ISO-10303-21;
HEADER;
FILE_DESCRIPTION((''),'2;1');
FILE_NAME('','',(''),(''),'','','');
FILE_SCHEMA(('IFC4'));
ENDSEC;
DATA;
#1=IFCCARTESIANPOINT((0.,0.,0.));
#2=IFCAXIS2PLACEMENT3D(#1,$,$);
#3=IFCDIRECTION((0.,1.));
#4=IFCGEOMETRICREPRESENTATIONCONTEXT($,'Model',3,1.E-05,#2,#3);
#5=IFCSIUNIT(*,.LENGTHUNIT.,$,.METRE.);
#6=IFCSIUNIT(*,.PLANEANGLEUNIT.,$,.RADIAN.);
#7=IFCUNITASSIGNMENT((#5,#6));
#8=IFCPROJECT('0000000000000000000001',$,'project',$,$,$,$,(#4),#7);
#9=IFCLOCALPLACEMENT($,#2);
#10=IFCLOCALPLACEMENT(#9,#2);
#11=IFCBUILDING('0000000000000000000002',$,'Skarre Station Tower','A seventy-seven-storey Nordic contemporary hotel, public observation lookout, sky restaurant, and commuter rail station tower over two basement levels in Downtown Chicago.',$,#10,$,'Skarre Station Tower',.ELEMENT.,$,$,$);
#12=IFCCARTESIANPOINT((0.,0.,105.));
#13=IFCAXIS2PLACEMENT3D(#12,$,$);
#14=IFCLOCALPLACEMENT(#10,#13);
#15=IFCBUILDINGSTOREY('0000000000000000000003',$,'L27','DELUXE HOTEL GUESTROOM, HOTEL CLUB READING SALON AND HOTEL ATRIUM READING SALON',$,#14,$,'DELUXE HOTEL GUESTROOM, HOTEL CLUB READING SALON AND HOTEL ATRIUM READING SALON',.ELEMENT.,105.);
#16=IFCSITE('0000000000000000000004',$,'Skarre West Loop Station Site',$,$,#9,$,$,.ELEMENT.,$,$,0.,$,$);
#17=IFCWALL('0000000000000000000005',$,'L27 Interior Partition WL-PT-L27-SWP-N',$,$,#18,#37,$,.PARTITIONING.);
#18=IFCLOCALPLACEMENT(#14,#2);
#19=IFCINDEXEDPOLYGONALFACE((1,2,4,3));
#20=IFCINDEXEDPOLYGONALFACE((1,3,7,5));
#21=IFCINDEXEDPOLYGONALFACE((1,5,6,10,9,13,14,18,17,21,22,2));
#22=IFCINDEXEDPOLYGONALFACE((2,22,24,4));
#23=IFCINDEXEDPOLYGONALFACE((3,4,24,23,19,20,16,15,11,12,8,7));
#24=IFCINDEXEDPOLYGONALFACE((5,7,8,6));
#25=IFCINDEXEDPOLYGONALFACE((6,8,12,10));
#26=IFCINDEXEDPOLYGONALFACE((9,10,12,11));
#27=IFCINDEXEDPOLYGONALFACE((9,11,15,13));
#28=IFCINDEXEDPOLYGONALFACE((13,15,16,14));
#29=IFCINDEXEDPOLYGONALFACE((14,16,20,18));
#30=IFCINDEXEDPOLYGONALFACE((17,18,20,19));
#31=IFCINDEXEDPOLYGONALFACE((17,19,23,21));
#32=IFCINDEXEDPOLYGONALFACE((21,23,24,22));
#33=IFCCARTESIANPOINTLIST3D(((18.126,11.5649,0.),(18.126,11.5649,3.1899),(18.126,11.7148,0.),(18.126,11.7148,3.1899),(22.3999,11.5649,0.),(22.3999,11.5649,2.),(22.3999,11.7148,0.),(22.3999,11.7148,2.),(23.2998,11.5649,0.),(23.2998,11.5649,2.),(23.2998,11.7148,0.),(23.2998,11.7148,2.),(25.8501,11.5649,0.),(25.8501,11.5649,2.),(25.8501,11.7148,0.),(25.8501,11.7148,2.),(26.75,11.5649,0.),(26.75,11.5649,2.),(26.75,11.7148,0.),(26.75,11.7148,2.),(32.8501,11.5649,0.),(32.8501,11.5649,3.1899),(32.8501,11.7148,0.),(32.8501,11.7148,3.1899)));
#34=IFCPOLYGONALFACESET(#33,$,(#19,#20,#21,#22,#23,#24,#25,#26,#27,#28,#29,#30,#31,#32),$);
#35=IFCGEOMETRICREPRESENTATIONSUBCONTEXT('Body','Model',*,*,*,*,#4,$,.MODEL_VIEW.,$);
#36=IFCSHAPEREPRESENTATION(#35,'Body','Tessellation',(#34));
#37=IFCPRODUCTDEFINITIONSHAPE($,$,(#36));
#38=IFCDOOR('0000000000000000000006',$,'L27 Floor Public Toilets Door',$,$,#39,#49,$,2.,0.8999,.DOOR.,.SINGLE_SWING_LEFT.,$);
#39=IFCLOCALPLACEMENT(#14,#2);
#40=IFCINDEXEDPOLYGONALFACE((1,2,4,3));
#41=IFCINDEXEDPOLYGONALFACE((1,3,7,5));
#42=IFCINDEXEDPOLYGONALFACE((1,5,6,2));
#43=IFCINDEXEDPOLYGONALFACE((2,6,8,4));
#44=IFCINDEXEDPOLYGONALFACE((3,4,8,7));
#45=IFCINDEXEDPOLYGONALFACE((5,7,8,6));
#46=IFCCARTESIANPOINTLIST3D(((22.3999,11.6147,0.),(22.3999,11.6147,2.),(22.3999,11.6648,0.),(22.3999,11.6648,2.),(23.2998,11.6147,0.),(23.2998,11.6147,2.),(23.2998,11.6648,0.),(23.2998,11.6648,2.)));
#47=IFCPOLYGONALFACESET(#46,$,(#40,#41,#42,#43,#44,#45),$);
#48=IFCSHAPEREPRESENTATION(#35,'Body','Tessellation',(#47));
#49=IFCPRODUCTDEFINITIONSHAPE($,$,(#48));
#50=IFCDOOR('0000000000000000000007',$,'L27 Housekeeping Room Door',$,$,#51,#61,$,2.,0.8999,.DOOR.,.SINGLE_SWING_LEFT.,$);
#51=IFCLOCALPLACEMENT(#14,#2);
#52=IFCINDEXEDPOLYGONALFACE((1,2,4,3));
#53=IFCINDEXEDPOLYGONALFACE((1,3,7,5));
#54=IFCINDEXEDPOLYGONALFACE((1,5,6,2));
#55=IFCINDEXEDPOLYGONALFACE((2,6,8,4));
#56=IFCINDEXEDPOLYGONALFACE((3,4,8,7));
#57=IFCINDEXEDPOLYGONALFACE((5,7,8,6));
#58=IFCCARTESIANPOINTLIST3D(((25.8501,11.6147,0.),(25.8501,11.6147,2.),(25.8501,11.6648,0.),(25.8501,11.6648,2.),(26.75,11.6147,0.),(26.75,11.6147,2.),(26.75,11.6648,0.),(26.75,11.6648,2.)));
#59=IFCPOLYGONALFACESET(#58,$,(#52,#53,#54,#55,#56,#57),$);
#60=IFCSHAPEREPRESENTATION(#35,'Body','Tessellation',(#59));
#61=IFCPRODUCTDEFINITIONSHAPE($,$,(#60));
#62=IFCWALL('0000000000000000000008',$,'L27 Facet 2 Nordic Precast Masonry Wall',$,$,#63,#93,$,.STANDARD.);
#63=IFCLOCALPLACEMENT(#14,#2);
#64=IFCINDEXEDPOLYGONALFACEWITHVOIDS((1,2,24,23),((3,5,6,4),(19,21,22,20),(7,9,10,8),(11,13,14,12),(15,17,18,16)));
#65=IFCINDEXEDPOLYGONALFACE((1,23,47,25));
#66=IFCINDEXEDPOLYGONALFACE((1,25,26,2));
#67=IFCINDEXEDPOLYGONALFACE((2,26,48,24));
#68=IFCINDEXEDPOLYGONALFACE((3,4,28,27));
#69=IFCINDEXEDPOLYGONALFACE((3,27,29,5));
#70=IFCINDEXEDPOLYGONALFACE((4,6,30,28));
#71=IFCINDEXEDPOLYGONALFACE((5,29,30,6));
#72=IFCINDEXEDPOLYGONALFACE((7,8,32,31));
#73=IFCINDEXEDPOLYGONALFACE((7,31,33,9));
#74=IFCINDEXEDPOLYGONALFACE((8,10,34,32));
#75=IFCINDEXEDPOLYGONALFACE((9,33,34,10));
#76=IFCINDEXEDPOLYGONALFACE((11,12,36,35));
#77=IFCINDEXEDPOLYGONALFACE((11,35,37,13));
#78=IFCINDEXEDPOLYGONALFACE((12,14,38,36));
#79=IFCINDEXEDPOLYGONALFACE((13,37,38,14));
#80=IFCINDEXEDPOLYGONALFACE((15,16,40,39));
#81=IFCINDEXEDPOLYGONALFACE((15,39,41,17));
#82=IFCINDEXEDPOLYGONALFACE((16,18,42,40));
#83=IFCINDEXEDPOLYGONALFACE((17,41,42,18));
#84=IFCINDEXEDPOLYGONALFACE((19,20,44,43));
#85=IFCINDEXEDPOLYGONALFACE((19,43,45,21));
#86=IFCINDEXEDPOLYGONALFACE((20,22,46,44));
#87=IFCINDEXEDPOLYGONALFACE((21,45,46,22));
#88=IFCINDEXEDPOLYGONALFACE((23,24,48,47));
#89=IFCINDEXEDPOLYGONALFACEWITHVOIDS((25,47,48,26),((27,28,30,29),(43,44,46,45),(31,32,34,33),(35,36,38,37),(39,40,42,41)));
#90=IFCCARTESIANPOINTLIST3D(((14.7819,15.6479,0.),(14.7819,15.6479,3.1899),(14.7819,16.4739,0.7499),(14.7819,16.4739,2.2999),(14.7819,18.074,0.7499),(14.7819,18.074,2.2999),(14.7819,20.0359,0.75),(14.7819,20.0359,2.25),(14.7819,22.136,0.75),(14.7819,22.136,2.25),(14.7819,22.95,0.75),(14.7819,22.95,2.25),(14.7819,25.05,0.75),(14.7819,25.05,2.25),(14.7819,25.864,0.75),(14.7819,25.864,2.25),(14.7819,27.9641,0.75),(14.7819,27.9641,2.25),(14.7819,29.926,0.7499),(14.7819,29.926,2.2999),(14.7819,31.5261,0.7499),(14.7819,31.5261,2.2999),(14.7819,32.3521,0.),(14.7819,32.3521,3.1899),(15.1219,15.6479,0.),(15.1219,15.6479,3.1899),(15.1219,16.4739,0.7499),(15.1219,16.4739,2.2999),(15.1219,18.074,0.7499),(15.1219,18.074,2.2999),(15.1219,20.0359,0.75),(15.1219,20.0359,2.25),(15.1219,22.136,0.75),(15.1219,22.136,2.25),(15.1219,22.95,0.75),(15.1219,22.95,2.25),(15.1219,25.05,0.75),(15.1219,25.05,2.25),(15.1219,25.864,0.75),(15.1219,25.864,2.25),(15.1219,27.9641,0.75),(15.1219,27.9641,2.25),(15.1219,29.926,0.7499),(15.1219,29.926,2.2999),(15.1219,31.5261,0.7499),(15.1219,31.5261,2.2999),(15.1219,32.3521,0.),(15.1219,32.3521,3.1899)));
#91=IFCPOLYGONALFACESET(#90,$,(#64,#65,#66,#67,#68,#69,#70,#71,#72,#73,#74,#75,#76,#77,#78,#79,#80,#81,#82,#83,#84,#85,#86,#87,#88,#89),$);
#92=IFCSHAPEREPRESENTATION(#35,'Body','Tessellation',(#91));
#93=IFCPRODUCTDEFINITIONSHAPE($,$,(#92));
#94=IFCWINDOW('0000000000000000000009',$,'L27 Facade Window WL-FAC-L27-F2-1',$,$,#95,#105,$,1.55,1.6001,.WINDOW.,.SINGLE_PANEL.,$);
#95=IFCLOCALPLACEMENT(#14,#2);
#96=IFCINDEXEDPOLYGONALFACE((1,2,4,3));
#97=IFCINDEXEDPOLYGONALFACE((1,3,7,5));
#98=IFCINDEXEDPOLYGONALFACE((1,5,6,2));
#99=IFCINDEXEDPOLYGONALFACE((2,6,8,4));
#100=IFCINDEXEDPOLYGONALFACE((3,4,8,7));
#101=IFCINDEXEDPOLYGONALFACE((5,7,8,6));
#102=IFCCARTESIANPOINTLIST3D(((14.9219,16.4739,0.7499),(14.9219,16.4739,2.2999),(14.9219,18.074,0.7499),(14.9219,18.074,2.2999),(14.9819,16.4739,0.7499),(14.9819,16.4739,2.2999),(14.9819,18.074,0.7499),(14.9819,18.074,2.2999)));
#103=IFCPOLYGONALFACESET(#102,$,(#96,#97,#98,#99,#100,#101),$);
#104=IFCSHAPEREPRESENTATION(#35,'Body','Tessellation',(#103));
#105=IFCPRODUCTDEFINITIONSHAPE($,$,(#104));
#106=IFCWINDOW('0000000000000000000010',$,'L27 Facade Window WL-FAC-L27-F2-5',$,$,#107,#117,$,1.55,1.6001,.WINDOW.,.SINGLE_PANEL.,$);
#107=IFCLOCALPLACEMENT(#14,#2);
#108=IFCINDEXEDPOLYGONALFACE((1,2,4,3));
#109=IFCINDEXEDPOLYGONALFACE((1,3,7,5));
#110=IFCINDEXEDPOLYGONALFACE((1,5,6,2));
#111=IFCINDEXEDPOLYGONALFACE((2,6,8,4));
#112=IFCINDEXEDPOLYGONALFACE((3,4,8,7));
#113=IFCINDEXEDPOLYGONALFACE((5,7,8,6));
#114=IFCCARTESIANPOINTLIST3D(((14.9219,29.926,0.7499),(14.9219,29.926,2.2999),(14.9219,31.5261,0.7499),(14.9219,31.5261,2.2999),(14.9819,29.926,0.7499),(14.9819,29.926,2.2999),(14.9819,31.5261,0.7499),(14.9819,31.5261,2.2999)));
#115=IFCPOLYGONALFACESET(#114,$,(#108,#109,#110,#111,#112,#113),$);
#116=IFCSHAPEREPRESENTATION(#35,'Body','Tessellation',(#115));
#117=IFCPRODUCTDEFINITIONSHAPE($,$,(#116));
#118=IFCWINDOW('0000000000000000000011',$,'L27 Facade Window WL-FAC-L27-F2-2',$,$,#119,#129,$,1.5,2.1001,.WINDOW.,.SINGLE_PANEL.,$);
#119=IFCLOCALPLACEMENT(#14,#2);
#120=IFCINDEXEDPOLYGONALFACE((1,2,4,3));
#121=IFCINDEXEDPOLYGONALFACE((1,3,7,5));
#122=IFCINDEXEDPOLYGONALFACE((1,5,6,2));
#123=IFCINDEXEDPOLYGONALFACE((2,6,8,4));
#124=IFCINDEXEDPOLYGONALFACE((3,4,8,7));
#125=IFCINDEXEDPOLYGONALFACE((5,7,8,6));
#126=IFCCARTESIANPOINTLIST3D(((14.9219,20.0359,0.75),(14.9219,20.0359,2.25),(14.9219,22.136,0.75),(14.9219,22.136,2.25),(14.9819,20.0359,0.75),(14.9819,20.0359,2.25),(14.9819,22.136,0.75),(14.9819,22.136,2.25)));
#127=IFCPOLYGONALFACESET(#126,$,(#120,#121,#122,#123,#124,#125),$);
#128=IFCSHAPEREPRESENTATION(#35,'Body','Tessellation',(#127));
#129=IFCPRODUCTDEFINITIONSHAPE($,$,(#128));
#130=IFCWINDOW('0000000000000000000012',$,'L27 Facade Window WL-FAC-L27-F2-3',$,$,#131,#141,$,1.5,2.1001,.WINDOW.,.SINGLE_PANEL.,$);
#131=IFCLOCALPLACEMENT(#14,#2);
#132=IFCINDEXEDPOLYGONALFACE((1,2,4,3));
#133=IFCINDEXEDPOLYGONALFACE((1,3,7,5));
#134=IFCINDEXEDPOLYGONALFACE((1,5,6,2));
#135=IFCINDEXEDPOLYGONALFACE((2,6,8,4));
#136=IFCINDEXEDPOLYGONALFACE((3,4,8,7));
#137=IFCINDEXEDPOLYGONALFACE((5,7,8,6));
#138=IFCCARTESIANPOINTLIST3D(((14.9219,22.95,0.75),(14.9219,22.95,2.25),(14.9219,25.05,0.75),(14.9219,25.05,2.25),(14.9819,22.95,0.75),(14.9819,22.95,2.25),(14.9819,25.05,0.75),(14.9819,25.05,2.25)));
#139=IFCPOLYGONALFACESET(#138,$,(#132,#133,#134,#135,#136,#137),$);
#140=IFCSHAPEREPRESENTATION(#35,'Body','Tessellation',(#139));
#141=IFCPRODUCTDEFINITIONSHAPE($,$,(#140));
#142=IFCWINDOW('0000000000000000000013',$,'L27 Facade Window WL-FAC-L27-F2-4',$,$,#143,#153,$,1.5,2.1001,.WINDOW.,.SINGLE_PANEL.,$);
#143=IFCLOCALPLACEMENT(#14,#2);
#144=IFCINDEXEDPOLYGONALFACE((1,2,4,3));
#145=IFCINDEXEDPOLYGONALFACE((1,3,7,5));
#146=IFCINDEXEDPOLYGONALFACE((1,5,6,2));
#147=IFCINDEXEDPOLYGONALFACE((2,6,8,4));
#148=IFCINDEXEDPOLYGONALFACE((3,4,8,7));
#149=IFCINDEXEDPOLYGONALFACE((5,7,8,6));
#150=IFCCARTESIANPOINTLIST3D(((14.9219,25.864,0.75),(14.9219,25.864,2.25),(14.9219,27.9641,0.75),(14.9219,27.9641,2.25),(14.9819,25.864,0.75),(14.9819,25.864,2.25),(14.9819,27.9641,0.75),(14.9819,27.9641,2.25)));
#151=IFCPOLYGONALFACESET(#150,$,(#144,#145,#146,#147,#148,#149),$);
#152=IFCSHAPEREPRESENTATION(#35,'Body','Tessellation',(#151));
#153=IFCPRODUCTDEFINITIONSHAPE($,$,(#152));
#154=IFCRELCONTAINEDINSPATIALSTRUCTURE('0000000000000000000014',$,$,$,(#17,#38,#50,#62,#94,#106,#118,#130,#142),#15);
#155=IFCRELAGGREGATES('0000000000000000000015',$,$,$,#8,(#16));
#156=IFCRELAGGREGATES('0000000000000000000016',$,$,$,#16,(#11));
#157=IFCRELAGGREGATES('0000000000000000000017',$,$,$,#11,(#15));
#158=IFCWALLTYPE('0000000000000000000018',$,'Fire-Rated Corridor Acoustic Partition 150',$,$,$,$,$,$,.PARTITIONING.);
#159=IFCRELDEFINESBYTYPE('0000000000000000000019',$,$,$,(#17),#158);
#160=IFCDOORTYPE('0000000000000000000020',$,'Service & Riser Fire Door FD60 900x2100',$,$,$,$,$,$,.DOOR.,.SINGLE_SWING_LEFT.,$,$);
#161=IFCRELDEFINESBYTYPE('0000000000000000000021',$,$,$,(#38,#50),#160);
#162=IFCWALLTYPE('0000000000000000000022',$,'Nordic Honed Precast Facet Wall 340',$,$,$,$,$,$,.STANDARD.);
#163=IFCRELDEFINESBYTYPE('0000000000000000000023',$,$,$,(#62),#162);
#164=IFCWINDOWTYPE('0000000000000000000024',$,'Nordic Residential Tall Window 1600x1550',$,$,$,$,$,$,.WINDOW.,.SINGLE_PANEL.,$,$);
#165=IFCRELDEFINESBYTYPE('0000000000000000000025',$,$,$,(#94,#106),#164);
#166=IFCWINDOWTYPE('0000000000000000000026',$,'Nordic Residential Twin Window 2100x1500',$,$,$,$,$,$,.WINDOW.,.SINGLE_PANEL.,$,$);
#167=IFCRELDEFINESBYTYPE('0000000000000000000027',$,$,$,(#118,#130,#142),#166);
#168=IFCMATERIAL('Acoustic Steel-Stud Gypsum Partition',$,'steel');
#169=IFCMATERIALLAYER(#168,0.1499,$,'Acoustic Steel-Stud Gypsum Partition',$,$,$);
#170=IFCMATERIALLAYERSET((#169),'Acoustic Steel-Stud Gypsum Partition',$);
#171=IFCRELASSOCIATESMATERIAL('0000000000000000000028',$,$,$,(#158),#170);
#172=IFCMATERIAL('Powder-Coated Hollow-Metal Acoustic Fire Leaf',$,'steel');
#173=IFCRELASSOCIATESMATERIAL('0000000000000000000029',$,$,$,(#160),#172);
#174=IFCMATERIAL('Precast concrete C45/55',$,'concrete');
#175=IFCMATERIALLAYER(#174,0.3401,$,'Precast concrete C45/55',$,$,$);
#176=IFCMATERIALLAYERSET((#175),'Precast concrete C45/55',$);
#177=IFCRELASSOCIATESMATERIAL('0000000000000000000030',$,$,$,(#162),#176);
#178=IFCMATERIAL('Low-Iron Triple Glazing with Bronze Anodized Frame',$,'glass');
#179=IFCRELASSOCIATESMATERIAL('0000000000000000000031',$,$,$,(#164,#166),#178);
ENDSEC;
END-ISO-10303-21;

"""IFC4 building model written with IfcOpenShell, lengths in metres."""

from ifc_helpers import new_model, si_unit, direction, frame, frame_2d, origin, place, context, subcontext, project, spatial, rectangle, extrude, material, layer, layer_set, type_object, element, fill, save


model = new_model("IFC4")

# Units and contexts
model_context = context("Model", 3, precision=1e-05, world=origin(), true_north=direction((0.0, 1.0)))
body_context = subcontext(model_context, "Body", "Model", "MODEL_VIEW")
ifc_project = project(units=[si_unit("LENGTHUNIT", "METRE"), si_unit("PLANEANGLEUNIT", "RADIAN")], contexts=[model_context])

# Site, building, storey
site_placement = place(None, origin())
site = spatial("IfcSite", under=ifc_project, at=site_placement, Name="Skarre West Loop Station Site", CompositionType="ELEMENT", RefElevation=0.0)
building_placement = place(site_placement, origin())
building = spatial("IfcBuilding", under=site, at=building_placement, Name="Skarre Station Tower", Description="A seventy-seven-storey Nordic contemporary hotel, public observation lookout, sky restaurant, and commuter rail station tower over two basement levels in Downtown Chicago.", LongName="Skarre Station Tower", CompositionType="ELEMENT")
storey_placement = place(building_placement, frame((0.0, 0.0, 105.0)))
storey = spatial("IfcBuildingStorey", under=building, at=storey_placement, Name="L27", Description="DELUXE HOTEL GUESTROOM, HOTEL CLUB READING SALON AND HOTEL ATRIUM READING SALON", LongName="DELUXE HOTEL GUESTROOM, HOTEL CLUB READING SALON AND HOTEL ATRIUM READING SALON", CompositionType="ELEMENT", Elevation=105.0)

# Shared definitions
ifc_material_1 = material(Name="Acoustic Steel-Stud Gypsum Partition", Category="steel")
ifc_layer_1 = layer(ifc_material_1, 0.1499, Name="Acoustic Steel-Stud Gypsum Partition")
ifc_layer_set_1 = layer_set([ifc_layer_1], Name="Acoustic Steel-Stud Gypsum Partition")
wall_type_1 = type_object("IfcWallType", Name="Fire-Rated Corridor Acoustic Partition 150", PredefinedType="PARTITIONING", material=ifc_layer_set_1)

# Shared definitions
ifc_material_2 = material(Name="Powder-Coated Hollow-Metal Acoustic Fire Leaf", Category="steel")

# Wall, openings, doors
wall_1_placement = place(storey_placement, frame((18.126, 11.6399, 0.0), z_axis=(0.0, 0.0, 1.0), x_axis=(1.0, 0.0, 0.0)))
wall_1 = element("IfcWall", 1, at=wall_1_placement, inside=storey, type_object=wall_type_1, Name="L27 Interior Partition WL-PT-L27-SWP-N", PredefinedType="PARTITIONING", context=body_context, shape_type="SweptSolid", body=[
    extrude(rectangle(XDim=14.7241, YDim=0.1499, at=frame_2d((7.3621, 0.0))), origin(), (0.0, 0.0, 1.0), 3.1899),
])
opening_1_placement = place(wall_1_placement, frame((4.2739, 0.0, 0.0)))
opening_1 = element("IfcOpeningElement", 2, at=opening_1_placement, cuts=wall_1, PredefinedType="OPENING", context=body_context, shape_type="SweptSolid", body=[
    extrude(rectangle(XDim=0.8999, YDim=2.0, at=frame_2d((0.45, 1.0))), frame((0.0, 0.085, 0.0), z_axis=(0.0, -1.0, 0.0), x_axis=(1.0, 0.0, 0.0)), (0.0, 0.0, 1.0), 0.1699),
])
opening_2_placement = place(wall_1_placement, frame((7.7241, 0.0, 0.0)))
opening_2 = element("IfcOpeningElement", 3, at=opening_2_placement, cuts=wall_1, PredefinedType="OPENING", context=body_context, shape_type="SweptSolid", body=[
    extrude(rectangle(XDim=0.8999, YDim=2.0, at=frame_2d((0.45, 1.0))), frame((0.0, 0.085, 0.0), z_axis=(0.0, -1.0, 0.0), x_axis=(1.0, 0.0, 0.0)), (0.0, 0.0, 1.0), 0.1699),
])
door_type_1 = type_object("IfcDoorType", Name="Service & Riser Fire Door FD60 900x2100", OperationType="SINGLE_SWING_LEFT", PredefinedType="DOOR", material=ifc_material_2)
door_1_placement = place(opening_1_placement, origin())
door_1 = element("IfcDoor", 4, at=door_1_placement, inside=storey, type_object=door_type_1, Name="L27 Floor Public Toilets Door", OperationType="SINGLE_SWING_LEFT", OverallHeight=2.0, OverallWidth=0.8999, PredefinedType="DOOR", context=body_context, shape_type="SweptSolid", body=[
    extrude(rectangle(XDim=0.8999, YDim=2.0, at=frame_2d((0.45, 1.0))), frame((0.0, 0.0249, 0.0), z_axis=(0.0, -1.0, 0.0), x_axis=(1.0, 0.0, 0.0)), (0.0, 0.0, 1.0), 0.05),
])
fill(opening_1, door_1)
door_2_placement = place(opening_2_placement, origin())
door_2 = element("IfcDoor", 5, at=door_2_placement, inside=storey, type_object=door_type_1, Name="L27 Housekeeping Room Door", OperationType="SINGLE_SWING_LEFT", OverallHeight=2.0, OverallWidth=0.8999, PredefinedType="DOOR", context=body_context, shape_type="SweptSolid", body=[
    extrude(rectangle(XDim=0.8999, YDim=2.0, at=frame_2d((0.45, 1.0))), frame((0.0, 0.0249, 0.0), z_axis=(0.0, -1.0, 0.0), x_axis=(1.0, 0.0, 0.0)), (0.0, 0.0, 1.0), 0.05),
])
fill(opening_2, door_2)

# Wall, openings, windows
ifc_material_3 = material(Name="Precast concrete C45/55", Category="concrete")
ifc_layer_2 = layer(ifc_material_3, 0.3401, Name="Precast concrete C45/55")
ifc_layer_set_2 = layer_set([ifc_layer_2], Name="Precast concrete C45/55")
wall_type_2 = type_object("IfcWallType", Name="Nordic Honed Precast Facet Wall 340", PredefinedType="STANDARD", material=ifc_layer_set_2)
wall_2_placement = place(storey_placement, frame((14.9519, 15.6479, 0.0), z_axis=(0.0, 0.0, 1.0), x_axis=(0.0, 1.0, 0.0)))
wall_2 = element("IfcWall", 6, at=wall_2_placement, inside=storey, type_object=wall_type_2, Name="L27 Facet 2 Nordic Precast Masonry Wall", PredefinedType="STANDARD", context=body_context, shape_type="SweptSolid", body=[
    extrude(rectangle(XDim=16.7041, YDim=0.3401, at=frame_2d((8.3521, 0.0))), origin(), (0.0, 0.0, 1.0), 3.1899),
])
opening_3_placement = place(wall_2_placement, frame((0.8259, 0.0, 0.75)))
opening_3 = element("IfcOpeningElement", 7, at=opening_3_placement, cuts=wall_2, PredefinedType="OPENING", context=body_context, shape_type="SweptSolid", body=[
    extrude(rectangle(XDim=1.6001, YDim=1.55, at=frame_2d((0.8, 0.7749))), frame((0.0, 0.1799, 0.0), z_axis=(0.0, -1.0, 0.0), x_axis=(1.0, 0.0, 0.0)), (0.0, 0.0, 1.0), 0.3601),
])
opening_4_placement = place(wall_2_placement, frame((4.3879, 0.0, 0.75)))
opening_4 = element("IfcOpeningElement", 8, at=opening_4_placement, cuts=wall_2, PredefinedType="OPENING", context=body_context, shape_type="SweptSolid", body=[
    extrude(rectangle(XDim=2.1001, YDim=1.5, at=frame_2d((1.05, 0.75))), frame((0.0, 0.1799, 0.0), z_axis=(0.0, -1.0, 0.0), x_axis=(1.0, 0.0, 0.0)), (0.0, 0.0, 1.0), 0.3601),
])
opening_5_placement = place(wall_2_placement, frame((7.302, 0.0, 0.75)))
opening_5 = element("IfcOpeningElement", 9, at=opening_5_placement, cuts=wall_2, PredefinedType="OPENING", context=body_context, shape_type="SweptSolid", body=[
    extrude(rectangle(XDim=2.1001, YDim=1.5, at=frame_2d((1.05, 0.75))), frame((0.0, 0.1799, 0.0), z_axis=(0.0, -1.0, 0.0), x_axis=(1.0, 0.0, 0.0)), (0.0, 0.0, 1.0), 0.3601),
])
opening_6_placement = place(wall_2_placement, frame((10.2161, 0.0, 0.75)))
opening_6 = element("IfcOpeningElement", 10, at=opening_6_placement, cuts=wall_2, PredefinedType="OPENING", context=body_context, shape_type="SweptSolid", body=[
    extrude(rectangle(XDim=2.1001, YDim=1.5, at=frame_2d((1.05, 0.75))), frame((0.0, 0.1799, 0.0), z_axis=(0.0, -1.0, 0.0), x_axis=(1.0, 0.0, 0.0)), (0.0, 0.0, 1.0), 0.3601),
])
opening_7_placement = place(wall_2_placement, frame((14.2781, 0.0, 0.75)))
opening_7 = element("IfcOpeningElement", 11, at=opening_7_placement, cuts=wall_2, PredefinedType="OPENING", context=body_context, shape_type="SweptSolid", body=[
    extrude(rectangle(XDim=1.6001, YDim=1.55, at=frame_2d((0.8, 0.7749))), frame((0.0, 0.1799, 0.0), z_axis=(0.0, -1.0, 0.0), x_axis=(1.0, 0.0, 0.0)), (0.0, 0.0, 1.0), 0.3601),
])
ifc_material_4 = material(Name="Low-Iron Triple Glazing with Bronze Anodized Frame", Category="glass")
window_type_1 = type_object("IfcWindowType", Name="Nordic Residential Tall Window 1600x1550", PartitioningType="SINGLE_PANEL", PredefinedType="WINDOW", material=ifc_material_4)
window_1_placement = place(opening_3_placement, origin())
window_1 = element("IfcWindow", 12, at=window_1_placement, inside=storey, type_object=window_type_1, Name="L27 Facade Window WL-FAC-L27-F2-1", OverallHeight=1.55, OverallWidth=1.6001, PartitioningType="SINGLE_PANEL", PredefinedType="WINDOW", context=body_context, shape_type="SweptSolid", body=[
    extrude(rectangle(XDim=1.6001, YDim=1.55, at=frame_2d((0.8, 0.7749))), frame((0.0, 0.03, 0.0), z_axis=(0.0, -1.0, 0.0), x_axis=(1.0, 0.0, 0.0)), (0.0, 0.0, 1.0), 0.0601),
])
fill(opening_3, window_1)
window_2_placement = place(opening_7_placement, origin())
window_2 = element("IfcWindow", 13, at=window_2_placement, inside=storey, type_object=window_type_1, Name="L27 Facade Window WL-FAC-L27-F2-5", OverallHeight=1.55, OverallWidth=1.6001, PartitioningType="SINGLE_PANEL", PredefinedType="WINDOW", context=body_context, shape_type="SweptSolid", body=[
    extrude(rectangle(XDim=1.6001, YDim=1.55, at=frame_2d((0.8, 0.7749))), frame((0.0, 0.03, 0.0), z_axis=(0.0, -1.0, 0.0), x_axis=(1.0, 0.0, 0.0)), (0.0, 0.0, 1.0), 0.0601),
])
fill(opening_7, window_2)
window_type_2 = type_object("IfcWindowType", Name="Nordic Residential Twin Window 2100x1500", PartitioningType="SINGLE_PANEL", PredefinedType="WINDOW", material=ifc_material_4)
window_3_placement = place(opening_4_placement, origin())
window_3 = element("IfcWindow", 14, at=window_3_placement, inside=storey, type_object=window_type_2, Name="L27 Facade Window WL-FAC-L27-F2-2", OverallHeight=1.5, OverallWidth=2.1001, PartitioningType="SINGLE_PANEL", PredefinedType="WINDOW", context=body_context, shape_type="SweptSolid", body=[
    extrude(rectangle(XDim=2.1001, YDim=1.5, at=frame_2d((1.05, 0.75))), frame((0.0, 0.03, 0.0), z_axis=(0.0, -1.0, 0.0), x_axis=(1.0, 0.0, 0.0)), (0.0, 0.0, 1.0), 0.0601),
])
fill(opening_4, window_3)
window_4_placement = place(opening_5_placement, origin())
window_4 = element("IfcWindow", 15, at=window_4_placement, inside=storey, type_object=window_type_2, Name="L27 Facade Window WL-FAC-L27-F2-3", OverallHeight=1.5, OverallWidth=2.1001, PartitioningType="SINGLE_PANEL", PredefinedType="WINDOW", context=body_context, shape_type="SweptSolid", body=[
    extrude(rectangle(XDim=2.1001, YDim=1.5, at=frame_2d((1.05, 0.75))), frame((0.0, 0.03, 0.0), z_axis=(0.0, -1.0, 0.0), x_axis=(1.0, 0.0, 0.0)), (0.0, 0.0, 1.0), 0.0601),
])
fill(opening_5, window_4)
window_5_placement = place(opening_6_placement, origin())
window_5 = element("IfcWindow", 16, at=window_5_placement, inside=storey, type_object=window_type_2, Name="L27 Facade Window WL-FAC-L27-F2-4", OverallHeight=1.5, OverallWidth=2.1001, PartitioningType="SINGLE_PANEL", PredefinedType="WINDOW", context=body_context, shape_type="SweptSolid", body=[
    extrude(rectangle(XDim=2.1001, YDim=1.5, at=frame_2d((1.05, 0.75))), frame((0.0, 0.03, 0.0), z_axis=(0.0, -1.0, 0.0), x_axis=(1.0, 0.0, 0.0)), (0.0, 0.0, 1.0), 0.0601),
])
fill(opening_6, window_5)

save(model, "model.ifc")
